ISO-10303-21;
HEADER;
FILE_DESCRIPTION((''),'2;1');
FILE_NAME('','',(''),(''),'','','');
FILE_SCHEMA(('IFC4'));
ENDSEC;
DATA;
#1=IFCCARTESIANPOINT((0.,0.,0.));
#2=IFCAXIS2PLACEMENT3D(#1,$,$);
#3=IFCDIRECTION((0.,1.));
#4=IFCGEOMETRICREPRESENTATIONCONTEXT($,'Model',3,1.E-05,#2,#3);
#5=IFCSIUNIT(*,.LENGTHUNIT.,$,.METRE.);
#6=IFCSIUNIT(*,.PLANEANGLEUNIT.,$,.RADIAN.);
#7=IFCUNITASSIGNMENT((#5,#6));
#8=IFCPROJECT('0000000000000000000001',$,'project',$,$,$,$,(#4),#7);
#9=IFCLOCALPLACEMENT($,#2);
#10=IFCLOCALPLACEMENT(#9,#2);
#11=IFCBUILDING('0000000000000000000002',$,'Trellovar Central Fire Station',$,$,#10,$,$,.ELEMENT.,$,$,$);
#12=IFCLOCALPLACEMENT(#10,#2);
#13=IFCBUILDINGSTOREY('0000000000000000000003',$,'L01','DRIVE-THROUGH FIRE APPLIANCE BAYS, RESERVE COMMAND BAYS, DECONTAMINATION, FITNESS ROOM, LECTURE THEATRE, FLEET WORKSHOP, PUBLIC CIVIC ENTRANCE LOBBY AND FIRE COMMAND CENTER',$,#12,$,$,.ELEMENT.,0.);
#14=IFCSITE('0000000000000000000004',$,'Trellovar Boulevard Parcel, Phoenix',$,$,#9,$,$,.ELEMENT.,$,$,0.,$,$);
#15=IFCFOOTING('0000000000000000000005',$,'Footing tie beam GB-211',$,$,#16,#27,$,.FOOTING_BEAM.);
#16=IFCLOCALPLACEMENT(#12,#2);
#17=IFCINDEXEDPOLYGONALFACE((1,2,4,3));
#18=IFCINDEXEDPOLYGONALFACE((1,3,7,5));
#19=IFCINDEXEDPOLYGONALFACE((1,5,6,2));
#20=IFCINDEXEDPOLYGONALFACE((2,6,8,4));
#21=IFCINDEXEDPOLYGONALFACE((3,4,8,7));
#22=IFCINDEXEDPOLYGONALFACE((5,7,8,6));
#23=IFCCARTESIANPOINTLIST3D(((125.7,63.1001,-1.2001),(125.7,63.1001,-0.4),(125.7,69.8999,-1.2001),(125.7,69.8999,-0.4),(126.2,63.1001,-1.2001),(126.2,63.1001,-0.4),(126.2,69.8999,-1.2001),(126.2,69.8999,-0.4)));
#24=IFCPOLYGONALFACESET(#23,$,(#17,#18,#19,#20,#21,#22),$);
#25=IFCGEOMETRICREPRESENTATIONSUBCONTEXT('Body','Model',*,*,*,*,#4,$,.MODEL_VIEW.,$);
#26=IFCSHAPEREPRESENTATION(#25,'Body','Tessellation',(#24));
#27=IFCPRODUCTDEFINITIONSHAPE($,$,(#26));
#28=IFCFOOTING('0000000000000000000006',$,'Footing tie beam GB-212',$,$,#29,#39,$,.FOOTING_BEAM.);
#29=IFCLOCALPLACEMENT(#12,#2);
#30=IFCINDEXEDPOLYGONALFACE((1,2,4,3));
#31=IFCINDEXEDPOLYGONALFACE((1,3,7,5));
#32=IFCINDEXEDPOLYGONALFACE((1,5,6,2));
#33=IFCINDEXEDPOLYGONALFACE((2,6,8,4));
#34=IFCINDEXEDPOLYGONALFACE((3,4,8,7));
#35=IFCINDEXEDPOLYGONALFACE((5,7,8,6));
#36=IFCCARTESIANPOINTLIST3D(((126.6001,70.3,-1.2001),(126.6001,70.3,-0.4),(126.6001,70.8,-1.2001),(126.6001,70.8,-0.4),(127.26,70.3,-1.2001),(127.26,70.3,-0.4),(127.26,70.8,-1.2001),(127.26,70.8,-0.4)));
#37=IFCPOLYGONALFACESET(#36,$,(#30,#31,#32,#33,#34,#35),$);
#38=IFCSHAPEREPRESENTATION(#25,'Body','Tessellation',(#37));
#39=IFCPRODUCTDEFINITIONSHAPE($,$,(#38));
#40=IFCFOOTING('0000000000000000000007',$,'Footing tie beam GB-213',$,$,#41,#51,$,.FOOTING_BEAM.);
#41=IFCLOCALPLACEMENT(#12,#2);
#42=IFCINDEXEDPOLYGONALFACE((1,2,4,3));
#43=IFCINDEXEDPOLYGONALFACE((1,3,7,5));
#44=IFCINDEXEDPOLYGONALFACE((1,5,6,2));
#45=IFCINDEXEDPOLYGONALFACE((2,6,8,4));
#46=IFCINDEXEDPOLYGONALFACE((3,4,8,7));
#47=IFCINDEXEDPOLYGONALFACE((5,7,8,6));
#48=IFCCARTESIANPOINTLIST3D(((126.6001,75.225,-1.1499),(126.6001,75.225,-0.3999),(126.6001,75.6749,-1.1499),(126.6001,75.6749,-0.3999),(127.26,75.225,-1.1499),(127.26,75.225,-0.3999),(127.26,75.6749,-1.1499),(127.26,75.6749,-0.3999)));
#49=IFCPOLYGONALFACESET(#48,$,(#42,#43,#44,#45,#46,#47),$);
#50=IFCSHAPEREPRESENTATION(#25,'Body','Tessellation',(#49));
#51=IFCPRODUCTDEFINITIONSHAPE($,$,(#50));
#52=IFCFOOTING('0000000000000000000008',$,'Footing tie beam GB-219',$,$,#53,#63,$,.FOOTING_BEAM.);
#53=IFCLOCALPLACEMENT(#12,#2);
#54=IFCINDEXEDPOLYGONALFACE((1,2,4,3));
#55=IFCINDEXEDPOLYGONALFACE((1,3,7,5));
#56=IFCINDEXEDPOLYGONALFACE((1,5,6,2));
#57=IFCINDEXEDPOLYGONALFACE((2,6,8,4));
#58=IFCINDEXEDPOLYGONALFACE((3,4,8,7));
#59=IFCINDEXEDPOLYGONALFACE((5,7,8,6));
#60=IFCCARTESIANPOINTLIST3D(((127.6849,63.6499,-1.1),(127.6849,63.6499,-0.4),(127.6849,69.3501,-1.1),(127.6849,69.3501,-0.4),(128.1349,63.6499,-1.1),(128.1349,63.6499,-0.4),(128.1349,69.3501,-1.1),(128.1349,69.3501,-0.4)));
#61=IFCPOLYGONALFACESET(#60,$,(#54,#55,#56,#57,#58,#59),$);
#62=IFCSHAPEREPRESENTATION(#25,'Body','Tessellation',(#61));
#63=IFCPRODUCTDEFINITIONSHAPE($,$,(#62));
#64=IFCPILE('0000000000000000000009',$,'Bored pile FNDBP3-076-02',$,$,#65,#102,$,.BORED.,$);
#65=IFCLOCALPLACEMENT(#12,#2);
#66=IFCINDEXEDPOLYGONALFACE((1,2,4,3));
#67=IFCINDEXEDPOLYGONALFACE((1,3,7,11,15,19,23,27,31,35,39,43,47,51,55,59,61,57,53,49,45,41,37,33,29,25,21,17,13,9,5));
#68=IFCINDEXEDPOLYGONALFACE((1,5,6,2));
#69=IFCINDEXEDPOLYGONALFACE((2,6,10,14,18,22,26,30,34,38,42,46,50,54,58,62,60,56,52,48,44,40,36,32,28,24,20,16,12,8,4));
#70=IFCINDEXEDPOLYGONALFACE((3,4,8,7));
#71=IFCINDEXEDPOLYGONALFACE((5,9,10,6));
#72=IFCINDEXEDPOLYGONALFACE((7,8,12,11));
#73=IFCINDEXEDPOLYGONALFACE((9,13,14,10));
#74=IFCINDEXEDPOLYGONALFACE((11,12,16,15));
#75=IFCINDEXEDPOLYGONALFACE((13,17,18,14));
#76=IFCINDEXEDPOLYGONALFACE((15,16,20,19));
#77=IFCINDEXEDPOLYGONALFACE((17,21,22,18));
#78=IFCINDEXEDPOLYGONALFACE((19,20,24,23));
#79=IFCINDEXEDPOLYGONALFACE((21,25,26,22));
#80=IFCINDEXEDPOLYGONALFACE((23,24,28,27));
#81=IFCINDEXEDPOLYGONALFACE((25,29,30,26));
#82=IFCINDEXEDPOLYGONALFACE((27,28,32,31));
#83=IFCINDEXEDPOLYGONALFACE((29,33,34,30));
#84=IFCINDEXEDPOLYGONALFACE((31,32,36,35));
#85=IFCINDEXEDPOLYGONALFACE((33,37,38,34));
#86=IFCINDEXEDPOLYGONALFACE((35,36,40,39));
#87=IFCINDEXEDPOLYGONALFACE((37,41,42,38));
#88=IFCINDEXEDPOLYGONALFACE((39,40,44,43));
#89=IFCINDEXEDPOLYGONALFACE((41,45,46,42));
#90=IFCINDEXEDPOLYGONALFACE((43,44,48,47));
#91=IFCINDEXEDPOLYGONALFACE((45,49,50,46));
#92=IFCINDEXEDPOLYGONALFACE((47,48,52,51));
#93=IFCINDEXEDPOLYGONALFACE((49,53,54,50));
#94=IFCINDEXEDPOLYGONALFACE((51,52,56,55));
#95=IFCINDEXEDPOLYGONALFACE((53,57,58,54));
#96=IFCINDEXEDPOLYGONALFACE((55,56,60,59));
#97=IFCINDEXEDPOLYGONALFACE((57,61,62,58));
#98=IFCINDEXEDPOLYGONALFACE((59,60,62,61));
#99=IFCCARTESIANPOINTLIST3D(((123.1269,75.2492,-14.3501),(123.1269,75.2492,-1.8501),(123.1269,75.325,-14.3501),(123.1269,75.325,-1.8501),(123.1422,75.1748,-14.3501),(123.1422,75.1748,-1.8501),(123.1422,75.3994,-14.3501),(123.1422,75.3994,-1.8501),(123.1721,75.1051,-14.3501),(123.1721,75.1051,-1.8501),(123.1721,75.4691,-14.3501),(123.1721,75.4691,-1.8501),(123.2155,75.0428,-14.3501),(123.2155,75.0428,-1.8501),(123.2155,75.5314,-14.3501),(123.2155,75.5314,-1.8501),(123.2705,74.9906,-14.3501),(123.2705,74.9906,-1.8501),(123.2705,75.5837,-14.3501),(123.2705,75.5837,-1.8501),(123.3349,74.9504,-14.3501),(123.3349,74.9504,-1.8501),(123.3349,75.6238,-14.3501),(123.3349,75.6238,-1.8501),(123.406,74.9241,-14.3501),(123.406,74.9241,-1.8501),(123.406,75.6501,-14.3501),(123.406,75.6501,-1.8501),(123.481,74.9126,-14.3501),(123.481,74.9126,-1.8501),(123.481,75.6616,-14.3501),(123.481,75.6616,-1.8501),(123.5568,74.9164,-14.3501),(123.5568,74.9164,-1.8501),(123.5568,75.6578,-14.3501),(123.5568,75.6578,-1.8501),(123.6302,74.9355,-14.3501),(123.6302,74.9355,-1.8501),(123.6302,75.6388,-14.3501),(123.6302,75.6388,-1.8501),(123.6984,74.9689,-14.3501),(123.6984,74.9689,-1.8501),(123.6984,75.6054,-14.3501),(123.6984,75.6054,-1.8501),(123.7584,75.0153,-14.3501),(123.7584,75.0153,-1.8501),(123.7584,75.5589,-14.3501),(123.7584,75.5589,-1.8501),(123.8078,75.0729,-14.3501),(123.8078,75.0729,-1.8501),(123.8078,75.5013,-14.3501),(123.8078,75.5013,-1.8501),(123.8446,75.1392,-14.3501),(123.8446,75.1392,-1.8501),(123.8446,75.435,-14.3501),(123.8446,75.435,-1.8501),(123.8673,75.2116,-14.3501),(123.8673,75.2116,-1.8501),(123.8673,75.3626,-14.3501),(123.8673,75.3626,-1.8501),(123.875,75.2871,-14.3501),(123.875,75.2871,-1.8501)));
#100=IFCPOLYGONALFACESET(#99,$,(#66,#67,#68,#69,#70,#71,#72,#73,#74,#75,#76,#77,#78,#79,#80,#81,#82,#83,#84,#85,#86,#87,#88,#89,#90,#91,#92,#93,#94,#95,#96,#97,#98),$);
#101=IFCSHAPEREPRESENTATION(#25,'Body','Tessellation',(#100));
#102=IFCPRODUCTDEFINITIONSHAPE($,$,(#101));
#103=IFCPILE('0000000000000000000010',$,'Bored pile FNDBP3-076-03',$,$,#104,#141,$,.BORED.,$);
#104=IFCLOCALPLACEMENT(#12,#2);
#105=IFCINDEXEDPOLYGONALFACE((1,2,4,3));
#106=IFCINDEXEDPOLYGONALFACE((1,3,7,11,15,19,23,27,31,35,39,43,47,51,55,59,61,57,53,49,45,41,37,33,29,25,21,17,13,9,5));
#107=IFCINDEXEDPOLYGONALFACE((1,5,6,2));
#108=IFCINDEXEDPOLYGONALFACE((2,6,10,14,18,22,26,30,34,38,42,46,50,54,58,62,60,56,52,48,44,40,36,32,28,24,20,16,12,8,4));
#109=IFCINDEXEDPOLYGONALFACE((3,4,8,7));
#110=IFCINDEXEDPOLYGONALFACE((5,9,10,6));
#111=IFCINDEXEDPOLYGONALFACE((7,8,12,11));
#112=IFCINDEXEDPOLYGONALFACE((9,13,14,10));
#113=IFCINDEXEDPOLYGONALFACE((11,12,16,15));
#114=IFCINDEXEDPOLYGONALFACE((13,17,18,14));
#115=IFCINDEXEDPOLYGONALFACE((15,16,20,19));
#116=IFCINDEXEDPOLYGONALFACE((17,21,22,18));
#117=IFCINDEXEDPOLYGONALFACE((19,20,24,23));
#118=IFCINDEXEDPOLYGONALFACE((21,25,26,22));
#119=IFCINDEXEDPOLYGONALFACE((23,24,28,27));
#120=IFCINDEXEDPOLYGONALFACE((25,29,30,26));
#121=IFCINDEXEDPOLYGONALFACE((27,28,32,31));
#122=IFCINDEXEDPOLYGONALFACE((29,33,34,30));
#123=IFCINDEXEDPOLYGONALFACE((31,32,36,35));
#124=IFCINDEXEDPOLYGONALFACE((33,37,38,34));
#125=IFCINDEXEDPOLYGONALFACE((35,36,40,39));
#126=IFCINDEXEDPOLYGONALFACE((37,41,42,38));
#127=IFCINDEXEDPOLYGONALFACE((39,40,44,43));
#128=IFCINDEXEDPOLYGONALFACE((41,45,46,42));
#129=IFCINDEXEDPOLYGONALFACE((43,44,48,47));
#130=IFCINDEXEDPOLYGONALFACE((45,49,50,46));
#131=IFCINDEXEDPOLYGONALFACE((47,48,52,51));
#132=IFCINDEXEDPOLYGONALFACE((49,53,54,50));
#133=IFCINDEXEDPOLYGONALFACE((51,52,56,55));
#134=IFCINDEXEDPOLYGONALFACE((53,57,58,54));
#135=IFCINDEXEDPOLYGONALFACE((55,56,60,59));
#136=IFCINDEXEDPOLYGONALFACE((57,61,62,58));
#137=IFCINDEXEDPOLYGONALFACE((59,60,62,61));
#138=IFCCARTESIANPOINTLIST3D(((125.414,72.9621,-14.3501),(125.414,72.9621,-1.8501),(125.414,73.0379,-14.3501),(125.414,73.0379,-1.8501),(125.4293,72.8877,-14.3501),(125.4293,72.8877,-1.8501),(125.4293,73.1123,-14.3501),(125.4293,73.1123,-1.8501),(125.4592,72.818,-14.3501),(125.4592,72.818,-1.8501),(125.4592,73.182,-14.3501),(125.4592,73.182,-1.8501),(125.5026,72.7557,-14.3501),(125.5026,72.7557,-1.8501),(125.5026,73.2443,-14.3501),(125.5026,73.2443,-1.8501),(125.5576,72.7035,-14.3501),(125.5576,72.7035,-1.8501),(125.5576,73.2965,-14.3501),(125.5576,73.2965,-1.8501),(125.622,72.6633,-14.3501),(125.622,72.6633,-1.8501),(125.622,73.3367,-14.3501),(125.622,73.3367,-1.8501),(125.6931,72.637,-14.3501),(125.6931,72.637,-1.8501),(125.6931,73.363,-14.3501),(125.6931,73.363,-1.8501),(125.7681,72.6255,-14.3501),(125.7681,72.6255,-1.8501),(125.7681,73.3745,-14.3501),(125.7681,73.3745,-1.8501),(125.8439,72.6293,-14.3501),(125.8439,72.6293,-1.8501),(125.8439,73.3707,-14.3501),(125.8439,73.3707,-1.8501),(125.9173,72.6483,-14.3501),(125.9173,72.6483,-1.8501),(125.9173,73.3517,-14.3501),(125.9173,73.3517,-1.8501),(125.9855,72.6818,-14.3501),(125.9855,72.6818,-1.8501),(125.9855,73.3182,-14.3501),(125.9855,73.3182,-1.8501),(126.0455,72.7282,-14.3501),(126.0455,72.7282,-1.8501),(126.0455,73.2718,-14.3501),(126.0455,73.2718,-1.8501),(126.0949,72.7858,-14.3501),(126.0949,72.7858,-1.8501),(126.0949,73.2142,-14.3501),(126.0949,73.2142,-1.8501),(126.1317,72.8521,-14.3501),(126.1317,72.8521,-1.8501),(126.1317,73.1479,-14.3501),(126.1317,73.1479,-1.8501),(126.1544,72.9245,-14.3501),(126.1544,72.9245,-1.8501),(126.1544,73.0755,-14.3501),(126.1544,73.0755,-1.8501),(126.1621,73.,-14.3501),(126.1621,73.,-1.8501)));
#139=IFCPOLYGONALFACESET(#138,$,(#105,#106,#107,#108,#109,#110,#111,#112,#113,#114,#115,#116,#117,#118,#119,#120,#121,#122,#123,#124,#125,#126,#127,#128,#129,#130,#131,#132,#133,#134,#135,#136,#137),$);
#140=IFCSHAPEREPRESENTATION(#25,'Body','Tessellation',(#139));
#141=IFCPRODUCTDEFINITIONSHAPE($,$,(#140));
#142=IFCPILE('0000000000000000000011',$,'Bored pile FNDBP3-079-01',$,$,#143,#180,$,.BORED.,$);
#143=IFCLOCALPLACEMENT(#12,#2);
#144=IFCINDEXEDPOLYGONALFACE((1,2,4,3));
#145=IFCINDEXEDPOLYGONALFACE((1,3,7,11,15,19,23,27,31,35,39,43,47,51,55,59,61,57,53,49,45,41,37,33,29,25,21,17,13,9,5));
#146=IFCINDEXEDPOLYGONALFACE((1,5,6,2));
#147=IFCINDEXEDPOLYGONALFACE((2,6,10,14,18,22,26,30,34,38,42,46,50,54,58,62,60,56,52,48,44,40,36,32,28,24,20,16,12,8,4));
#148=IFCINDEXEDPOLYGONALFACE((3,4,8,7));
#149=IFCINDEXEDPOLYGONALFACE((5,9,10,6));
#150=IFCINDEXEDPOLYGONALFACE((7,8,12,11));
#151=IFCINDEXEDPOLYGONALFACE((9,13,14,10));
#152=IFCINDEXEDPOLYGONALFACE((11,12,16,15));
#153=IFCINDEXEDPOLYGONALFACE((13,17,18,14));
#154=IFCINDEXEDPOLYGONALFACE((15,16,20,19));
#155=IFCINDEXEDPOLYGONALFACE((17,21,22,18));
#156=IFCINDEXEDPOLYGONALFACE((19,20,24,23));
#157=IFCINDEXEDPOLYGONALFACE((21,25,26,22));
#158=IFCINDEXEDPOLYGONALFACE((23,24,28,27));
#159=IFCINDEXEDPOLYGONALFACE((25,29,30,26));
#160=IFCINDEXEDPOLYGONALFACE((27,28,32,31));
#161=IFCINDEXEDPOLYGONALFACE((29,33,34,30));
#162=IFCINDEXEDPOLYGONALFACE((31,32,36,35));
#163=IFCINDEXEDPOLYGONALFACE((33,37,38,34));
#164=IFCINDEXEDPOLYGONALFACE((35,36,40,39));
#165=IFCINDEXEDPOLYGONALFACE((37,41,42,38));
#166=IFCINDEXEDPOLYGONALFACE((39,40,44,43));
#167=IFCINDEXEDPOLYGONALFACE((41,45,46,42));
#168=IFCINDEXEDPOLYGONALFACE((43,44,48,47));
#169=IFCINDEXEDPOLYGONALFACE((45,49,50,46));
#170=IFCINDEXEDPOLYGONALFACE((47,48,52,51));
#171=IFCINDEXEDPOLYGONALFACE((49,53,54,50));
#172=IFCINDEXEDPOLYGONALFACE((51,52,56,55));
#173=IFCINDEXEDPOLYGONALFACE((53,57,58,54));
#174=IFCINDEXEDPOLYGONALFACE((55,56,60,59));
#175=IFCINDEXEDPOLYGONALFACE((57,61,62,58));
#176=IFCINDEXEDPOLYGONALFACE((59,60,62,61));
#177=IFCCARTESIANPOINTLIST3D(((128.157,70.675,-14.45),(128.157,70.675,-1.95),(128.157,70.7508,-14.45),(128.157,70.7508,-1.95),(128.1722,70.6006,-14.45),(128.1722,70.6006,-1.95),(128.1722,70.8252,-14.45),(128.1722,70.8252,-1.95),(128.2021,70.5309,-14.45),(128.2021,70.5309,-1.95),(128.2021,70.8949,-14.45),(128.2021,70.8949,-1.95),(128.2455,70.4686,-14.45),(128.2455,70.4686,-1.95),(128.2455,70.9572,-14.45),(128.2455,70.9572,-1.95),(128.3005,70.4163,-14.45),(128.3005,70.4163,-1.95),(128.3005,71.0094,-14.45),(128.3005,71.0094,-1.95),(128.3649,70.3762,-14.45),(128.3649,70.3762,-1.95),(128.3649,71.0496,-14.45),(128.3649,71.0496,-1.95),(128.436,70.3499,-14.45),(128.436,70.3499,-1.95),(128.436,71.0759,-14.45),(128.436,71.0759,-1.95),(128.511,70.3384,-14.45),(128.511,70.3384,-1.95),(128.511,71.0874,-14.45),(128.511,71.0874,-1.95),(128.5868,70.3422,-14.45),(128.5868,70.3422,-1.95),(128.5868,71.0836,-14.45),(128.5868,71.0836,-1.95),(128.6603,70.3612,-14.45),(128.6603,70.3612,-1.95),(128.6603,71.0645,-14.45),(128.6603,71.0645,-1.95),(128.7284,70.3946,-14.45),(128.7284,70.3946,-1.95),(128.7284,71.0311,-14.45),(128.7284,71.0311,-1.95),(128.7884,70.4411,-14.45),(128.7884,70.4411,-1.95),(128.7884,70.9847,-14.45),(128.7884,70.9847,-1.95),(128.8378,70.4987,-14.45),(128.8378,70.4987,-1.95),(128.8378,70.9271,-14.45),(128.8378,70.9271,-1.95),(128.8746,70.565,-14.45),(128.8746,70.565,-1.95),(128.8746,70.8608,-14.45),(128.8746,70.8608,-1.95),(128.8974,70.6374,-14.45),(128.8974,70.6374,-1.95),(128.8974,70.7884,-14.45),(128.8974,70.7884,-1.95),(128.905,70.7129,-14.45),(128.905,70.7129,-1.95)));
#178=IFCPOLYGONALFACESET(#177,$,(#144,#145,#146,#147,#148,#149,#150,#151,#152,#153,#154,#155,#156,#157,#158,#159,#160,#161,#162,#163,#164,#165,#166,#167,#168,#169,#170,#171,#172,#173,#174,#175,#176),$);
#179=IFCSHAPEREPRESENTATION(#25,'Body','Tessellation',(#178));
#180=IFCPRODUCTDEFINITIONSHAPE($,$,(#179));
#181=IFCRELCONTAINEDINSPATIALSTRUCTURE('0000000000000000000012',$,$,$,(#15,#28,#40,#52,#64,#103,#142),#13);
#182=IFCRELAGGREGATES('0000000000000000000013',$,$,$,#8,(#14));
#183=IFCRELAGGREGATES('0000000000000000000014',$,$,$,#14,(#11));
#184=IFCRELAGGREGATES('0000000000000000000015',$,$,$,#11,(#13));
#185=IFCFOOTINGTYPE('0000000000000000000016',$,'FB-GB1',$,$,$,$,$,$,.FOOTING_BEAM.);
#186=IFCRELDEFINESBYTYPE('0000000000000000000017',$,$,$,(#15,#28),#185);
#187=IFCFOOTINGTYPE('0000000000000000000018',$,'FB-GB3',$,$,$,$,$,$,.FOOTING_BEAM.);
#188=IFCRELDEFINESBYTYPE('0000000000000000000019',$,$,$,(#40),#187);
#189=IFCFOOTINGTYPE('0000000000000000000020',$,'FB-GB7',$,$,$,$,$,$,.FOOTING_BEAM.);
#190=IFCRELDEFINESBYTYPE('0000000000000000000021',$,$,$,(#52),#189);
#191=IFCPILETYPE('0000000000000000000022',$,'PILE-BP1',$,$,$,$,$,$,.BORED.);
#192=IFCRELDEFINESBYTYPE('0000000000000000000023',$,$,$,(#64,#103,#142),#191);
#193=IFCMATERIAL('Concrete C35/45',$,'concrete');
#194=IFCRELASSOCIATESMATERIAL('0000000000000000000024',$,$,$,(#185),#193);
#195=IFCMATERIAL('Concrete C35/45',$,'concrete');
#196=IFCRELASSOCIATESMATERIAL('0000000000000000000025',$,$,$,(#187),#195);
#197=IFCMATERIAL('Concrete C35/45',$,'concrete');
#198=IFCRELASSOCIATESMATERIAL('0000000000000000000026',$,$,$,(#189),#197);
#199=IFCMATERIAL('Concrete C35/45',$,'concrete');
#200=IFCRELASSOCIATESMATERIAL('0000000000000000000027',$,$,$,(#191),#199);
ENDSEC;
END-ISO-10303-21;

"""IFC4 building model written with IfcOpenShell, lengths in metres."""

from ifc_helpers import new_model, si_unit, direction, frame, origin, origin_2d, place, context, subcontext, project, spatial, rectangle, circle, extrude, material, material_profile, profile_set, type_object, element, save


model = new_model("IFC4")

# Units and contexts
model_context = context("Model", 3, precision=1e-05, world=origin(), true_north=direction((0.0, 1.0)))
body_context = subcontext(model_context, "Body", "Model", "MODEL_VIEW")
ifc_project = project(units=[si_unit("LENGTHUNIT", "METRE"), si_unit("PLANEANGLEUNIT", "RADIAN")], contexts=[model_context])

# Site, building, storey
site_placement = place(None, origin())
site = spatial("IfcSite", under=ifc_project, at=site_placement, Name="Trellovar Boulevard Parcel, Phoenix", CompositionType="ELEMENT", RefElevation=0.0)
building_placement = place(site_placement, origin())
building = spatial("IfcBuilding", under=site, at=building_placement, Name="Trellovar Central Fire Station", CompositionType="ELEMENT")
storey_placement = place(building_placement, origin())
storey = spatial("IfcBuildingStorey", under=building, at=storey_placement, Name="L01", Description="DRIVE-THROUGH FIRE APPLIANCE BAYS, RESERVE COMMAND BAYS, DECONTAMINATION, FITNESS ROOM, LECTURE THEATRE, FLEET WORKSHOP, PUBLIC CIVIC ENTRANCE LOBBY AND FIRE COMMAND CENTER", CompositionType="ELEMENT", Elevation=0.0)

# Footings
ifc_material_1 = material(Name="Concrete C35/45", Category="concrete")
ifc_material_profile_1 = material_profile(ifc_material_1, rectangle(XDim=0.5, YDim=0.8, at=origin_2d()), Name="RC500X800")
ifc_profile_set_1 = profile_set([ifc_material_profile_1], Name="Concrete C35/45")
footing_type_1 = type_object("IfcFootingType", Name="FB-GB1", PredefinedType="FOOTING_BEAM", material=ifc_profile_set_1)
footing_1_placement = place(storey_placement, frame((125.95, 63.1001, -0.8), z_axis=(0.0, 1.0, 0.0), x_axis=(-1.0, 0.0, 0.0)))
element("IfcFooting", 1, at=footing_1_placement, inside=storey, type_object=footing_type_1, Name="Footing tie beam GB-211", PredefinedType="FOOTING_BEAM", context=body_context, shape_type="SweptSolid", body=[
    extrude(rectangle(XDim=0.5, YDim=0.8, at=origin_2d()), origin(), (0.0, 0.0, 1.0), 6.7998),
])
footing_2_placement = place(storey_placement, frame((126.6001, 70.55, -0.8), z_axis=(1.0, 0.0, 0.0), x_axis=(0.0, 1.0, 0.0)))
element("IfcFooting", 2, at=footing_2_placement, inside=storey, type_object=footing_type_1, Name="Footing tie beam GB-212", PredefinedType="FOOTING_BEAM", context=body_context, shape_type="SweptSolid", body=[
    extrude(rectangle(XDim=0.5, YDim=0.8, at=origin_2d()), origin(), (0.0, 0.0, 1.0), 0.6599),
])
ifc_material_2 = material(Name="Concrete C35/45", Category="concrete")
ifc_material_profile_2 = material_profile(ifc_material_2, rectangle(XDim=0.45, YDim=0.75, at=origin_2d()), Name="RC450X750")
ifc_profile_set_2 = profile_set([ifc_material_profile_2], Name="Concrete C35/45")
footing_type_2 = type_object("IfcFootingType", Name="FB-GB3", PredefinedType="FOOTING_BEAM", material=ifc_profile_set_2)
footing_3_placement = place(storey_placement, frame((126.6001, 75.45, -0.7749), z_axis=(1.0, 0.0, 0.0), x_axis=(0.0, 1.0, 0.0)))
element("IfcFooting", 3, at=footing_3_placement, inside=storey, type_object=footing_type_2, Name="Footing tie beam GB-213", PredefinedType="FOOTING_BEAM", context=body_context, shape_type="SweptSolid", body=[
    extrude(rectangle(XDim=0.45, YDim=0.75, at=origin_2d()), origin(), (0.0, 0.0, 1.0), 0.6599),
])
ifc_material_3 = material(Name="Concrete C35/45", Category="concrete")
ifc_material_profile_3 = material_profile(ifc_material_3, rectangle(XDim=0.45, YDim=0.7, at=origin_2d()), Name="RC450X700")
ifc_profile_set_3 = profile_set([ifc_material_profile_3], Name="Concrete C35/45")
footing_type_3 = type_object("IfcFootingType", Name="FB-GB7", PredefinedType="FOOTING_BEAM", material=ifc_profile_set_3)
footing_4_placement = place(storey_placement, frame((127.9099, 63.6499, -0.75), z_axis=(0.0, 1.0, 0.0), x_axis=(-1.0, 0.0, 0.0)))
element("IfcFooting", 4, at=footing_4_placement, inside=storey, type_object=footing_type_3, Name="Footing tie beam GB-219", PredefinedType="FOOTING_BEAM", context=body_context, shape_type="SweptSolid", body=[
    extrude(rectangle(XDim=0.45, YDim=0.7, at=origin_2d()), origin(), (0.0, 0.0, 1.0), 5.7002),
])

# Piles
ifc_material_4 = material(Name="Concrete C35/45", Category="concrete")
ifc_material_profile_4 = material_profile(ifc_material_4, circle(Radius=0.375, at=origin_2d()), Name="PILE750")
ifc_profile_set_4 = profile_set([ifc_material_profile_4], Name="Concrete C35/45")
pile_type = type_object("IfcPileType", Name="PILE-BP1", PredefinedType="BORED", material=ifc_profile_set_4)
for number, where, z_axis, x_axis, name in (
    (5, (123.5, 75.2871, -1.8501), (0.0, 0.0, -1.0), (1.0, 0.0, 0.0), "Bored pile FNDBP3-076-02"),
    (6, (125.7871, 73.0, -1.8501), (0.0, 0.0, -1.0), (1.0, 0.0, 0.0), "Bored pile FNDBP3-076-03"),
    (7, (128.53, 70.7129, -1.95), (0.0, 0.0, -1.0), (1.0, 0.0, 0.0), "Bored pile FNDBP3-079-01"),
):
    element("IfcPile", number, at=place(storey_placement, frame(where, z_axis=z_axis, x_axis=x_axis)), inside=storey, type_object=pile_type, Name=name, PredefinedType="BORED", context=body_context, shape_type="SweptSolid", body=[
        extrude(circle(Radius=0.375, at=origin_2d()), origin(), (0.0, 0.0, 1.0), 12.5),
    ])

save(model, "model.ifc")
